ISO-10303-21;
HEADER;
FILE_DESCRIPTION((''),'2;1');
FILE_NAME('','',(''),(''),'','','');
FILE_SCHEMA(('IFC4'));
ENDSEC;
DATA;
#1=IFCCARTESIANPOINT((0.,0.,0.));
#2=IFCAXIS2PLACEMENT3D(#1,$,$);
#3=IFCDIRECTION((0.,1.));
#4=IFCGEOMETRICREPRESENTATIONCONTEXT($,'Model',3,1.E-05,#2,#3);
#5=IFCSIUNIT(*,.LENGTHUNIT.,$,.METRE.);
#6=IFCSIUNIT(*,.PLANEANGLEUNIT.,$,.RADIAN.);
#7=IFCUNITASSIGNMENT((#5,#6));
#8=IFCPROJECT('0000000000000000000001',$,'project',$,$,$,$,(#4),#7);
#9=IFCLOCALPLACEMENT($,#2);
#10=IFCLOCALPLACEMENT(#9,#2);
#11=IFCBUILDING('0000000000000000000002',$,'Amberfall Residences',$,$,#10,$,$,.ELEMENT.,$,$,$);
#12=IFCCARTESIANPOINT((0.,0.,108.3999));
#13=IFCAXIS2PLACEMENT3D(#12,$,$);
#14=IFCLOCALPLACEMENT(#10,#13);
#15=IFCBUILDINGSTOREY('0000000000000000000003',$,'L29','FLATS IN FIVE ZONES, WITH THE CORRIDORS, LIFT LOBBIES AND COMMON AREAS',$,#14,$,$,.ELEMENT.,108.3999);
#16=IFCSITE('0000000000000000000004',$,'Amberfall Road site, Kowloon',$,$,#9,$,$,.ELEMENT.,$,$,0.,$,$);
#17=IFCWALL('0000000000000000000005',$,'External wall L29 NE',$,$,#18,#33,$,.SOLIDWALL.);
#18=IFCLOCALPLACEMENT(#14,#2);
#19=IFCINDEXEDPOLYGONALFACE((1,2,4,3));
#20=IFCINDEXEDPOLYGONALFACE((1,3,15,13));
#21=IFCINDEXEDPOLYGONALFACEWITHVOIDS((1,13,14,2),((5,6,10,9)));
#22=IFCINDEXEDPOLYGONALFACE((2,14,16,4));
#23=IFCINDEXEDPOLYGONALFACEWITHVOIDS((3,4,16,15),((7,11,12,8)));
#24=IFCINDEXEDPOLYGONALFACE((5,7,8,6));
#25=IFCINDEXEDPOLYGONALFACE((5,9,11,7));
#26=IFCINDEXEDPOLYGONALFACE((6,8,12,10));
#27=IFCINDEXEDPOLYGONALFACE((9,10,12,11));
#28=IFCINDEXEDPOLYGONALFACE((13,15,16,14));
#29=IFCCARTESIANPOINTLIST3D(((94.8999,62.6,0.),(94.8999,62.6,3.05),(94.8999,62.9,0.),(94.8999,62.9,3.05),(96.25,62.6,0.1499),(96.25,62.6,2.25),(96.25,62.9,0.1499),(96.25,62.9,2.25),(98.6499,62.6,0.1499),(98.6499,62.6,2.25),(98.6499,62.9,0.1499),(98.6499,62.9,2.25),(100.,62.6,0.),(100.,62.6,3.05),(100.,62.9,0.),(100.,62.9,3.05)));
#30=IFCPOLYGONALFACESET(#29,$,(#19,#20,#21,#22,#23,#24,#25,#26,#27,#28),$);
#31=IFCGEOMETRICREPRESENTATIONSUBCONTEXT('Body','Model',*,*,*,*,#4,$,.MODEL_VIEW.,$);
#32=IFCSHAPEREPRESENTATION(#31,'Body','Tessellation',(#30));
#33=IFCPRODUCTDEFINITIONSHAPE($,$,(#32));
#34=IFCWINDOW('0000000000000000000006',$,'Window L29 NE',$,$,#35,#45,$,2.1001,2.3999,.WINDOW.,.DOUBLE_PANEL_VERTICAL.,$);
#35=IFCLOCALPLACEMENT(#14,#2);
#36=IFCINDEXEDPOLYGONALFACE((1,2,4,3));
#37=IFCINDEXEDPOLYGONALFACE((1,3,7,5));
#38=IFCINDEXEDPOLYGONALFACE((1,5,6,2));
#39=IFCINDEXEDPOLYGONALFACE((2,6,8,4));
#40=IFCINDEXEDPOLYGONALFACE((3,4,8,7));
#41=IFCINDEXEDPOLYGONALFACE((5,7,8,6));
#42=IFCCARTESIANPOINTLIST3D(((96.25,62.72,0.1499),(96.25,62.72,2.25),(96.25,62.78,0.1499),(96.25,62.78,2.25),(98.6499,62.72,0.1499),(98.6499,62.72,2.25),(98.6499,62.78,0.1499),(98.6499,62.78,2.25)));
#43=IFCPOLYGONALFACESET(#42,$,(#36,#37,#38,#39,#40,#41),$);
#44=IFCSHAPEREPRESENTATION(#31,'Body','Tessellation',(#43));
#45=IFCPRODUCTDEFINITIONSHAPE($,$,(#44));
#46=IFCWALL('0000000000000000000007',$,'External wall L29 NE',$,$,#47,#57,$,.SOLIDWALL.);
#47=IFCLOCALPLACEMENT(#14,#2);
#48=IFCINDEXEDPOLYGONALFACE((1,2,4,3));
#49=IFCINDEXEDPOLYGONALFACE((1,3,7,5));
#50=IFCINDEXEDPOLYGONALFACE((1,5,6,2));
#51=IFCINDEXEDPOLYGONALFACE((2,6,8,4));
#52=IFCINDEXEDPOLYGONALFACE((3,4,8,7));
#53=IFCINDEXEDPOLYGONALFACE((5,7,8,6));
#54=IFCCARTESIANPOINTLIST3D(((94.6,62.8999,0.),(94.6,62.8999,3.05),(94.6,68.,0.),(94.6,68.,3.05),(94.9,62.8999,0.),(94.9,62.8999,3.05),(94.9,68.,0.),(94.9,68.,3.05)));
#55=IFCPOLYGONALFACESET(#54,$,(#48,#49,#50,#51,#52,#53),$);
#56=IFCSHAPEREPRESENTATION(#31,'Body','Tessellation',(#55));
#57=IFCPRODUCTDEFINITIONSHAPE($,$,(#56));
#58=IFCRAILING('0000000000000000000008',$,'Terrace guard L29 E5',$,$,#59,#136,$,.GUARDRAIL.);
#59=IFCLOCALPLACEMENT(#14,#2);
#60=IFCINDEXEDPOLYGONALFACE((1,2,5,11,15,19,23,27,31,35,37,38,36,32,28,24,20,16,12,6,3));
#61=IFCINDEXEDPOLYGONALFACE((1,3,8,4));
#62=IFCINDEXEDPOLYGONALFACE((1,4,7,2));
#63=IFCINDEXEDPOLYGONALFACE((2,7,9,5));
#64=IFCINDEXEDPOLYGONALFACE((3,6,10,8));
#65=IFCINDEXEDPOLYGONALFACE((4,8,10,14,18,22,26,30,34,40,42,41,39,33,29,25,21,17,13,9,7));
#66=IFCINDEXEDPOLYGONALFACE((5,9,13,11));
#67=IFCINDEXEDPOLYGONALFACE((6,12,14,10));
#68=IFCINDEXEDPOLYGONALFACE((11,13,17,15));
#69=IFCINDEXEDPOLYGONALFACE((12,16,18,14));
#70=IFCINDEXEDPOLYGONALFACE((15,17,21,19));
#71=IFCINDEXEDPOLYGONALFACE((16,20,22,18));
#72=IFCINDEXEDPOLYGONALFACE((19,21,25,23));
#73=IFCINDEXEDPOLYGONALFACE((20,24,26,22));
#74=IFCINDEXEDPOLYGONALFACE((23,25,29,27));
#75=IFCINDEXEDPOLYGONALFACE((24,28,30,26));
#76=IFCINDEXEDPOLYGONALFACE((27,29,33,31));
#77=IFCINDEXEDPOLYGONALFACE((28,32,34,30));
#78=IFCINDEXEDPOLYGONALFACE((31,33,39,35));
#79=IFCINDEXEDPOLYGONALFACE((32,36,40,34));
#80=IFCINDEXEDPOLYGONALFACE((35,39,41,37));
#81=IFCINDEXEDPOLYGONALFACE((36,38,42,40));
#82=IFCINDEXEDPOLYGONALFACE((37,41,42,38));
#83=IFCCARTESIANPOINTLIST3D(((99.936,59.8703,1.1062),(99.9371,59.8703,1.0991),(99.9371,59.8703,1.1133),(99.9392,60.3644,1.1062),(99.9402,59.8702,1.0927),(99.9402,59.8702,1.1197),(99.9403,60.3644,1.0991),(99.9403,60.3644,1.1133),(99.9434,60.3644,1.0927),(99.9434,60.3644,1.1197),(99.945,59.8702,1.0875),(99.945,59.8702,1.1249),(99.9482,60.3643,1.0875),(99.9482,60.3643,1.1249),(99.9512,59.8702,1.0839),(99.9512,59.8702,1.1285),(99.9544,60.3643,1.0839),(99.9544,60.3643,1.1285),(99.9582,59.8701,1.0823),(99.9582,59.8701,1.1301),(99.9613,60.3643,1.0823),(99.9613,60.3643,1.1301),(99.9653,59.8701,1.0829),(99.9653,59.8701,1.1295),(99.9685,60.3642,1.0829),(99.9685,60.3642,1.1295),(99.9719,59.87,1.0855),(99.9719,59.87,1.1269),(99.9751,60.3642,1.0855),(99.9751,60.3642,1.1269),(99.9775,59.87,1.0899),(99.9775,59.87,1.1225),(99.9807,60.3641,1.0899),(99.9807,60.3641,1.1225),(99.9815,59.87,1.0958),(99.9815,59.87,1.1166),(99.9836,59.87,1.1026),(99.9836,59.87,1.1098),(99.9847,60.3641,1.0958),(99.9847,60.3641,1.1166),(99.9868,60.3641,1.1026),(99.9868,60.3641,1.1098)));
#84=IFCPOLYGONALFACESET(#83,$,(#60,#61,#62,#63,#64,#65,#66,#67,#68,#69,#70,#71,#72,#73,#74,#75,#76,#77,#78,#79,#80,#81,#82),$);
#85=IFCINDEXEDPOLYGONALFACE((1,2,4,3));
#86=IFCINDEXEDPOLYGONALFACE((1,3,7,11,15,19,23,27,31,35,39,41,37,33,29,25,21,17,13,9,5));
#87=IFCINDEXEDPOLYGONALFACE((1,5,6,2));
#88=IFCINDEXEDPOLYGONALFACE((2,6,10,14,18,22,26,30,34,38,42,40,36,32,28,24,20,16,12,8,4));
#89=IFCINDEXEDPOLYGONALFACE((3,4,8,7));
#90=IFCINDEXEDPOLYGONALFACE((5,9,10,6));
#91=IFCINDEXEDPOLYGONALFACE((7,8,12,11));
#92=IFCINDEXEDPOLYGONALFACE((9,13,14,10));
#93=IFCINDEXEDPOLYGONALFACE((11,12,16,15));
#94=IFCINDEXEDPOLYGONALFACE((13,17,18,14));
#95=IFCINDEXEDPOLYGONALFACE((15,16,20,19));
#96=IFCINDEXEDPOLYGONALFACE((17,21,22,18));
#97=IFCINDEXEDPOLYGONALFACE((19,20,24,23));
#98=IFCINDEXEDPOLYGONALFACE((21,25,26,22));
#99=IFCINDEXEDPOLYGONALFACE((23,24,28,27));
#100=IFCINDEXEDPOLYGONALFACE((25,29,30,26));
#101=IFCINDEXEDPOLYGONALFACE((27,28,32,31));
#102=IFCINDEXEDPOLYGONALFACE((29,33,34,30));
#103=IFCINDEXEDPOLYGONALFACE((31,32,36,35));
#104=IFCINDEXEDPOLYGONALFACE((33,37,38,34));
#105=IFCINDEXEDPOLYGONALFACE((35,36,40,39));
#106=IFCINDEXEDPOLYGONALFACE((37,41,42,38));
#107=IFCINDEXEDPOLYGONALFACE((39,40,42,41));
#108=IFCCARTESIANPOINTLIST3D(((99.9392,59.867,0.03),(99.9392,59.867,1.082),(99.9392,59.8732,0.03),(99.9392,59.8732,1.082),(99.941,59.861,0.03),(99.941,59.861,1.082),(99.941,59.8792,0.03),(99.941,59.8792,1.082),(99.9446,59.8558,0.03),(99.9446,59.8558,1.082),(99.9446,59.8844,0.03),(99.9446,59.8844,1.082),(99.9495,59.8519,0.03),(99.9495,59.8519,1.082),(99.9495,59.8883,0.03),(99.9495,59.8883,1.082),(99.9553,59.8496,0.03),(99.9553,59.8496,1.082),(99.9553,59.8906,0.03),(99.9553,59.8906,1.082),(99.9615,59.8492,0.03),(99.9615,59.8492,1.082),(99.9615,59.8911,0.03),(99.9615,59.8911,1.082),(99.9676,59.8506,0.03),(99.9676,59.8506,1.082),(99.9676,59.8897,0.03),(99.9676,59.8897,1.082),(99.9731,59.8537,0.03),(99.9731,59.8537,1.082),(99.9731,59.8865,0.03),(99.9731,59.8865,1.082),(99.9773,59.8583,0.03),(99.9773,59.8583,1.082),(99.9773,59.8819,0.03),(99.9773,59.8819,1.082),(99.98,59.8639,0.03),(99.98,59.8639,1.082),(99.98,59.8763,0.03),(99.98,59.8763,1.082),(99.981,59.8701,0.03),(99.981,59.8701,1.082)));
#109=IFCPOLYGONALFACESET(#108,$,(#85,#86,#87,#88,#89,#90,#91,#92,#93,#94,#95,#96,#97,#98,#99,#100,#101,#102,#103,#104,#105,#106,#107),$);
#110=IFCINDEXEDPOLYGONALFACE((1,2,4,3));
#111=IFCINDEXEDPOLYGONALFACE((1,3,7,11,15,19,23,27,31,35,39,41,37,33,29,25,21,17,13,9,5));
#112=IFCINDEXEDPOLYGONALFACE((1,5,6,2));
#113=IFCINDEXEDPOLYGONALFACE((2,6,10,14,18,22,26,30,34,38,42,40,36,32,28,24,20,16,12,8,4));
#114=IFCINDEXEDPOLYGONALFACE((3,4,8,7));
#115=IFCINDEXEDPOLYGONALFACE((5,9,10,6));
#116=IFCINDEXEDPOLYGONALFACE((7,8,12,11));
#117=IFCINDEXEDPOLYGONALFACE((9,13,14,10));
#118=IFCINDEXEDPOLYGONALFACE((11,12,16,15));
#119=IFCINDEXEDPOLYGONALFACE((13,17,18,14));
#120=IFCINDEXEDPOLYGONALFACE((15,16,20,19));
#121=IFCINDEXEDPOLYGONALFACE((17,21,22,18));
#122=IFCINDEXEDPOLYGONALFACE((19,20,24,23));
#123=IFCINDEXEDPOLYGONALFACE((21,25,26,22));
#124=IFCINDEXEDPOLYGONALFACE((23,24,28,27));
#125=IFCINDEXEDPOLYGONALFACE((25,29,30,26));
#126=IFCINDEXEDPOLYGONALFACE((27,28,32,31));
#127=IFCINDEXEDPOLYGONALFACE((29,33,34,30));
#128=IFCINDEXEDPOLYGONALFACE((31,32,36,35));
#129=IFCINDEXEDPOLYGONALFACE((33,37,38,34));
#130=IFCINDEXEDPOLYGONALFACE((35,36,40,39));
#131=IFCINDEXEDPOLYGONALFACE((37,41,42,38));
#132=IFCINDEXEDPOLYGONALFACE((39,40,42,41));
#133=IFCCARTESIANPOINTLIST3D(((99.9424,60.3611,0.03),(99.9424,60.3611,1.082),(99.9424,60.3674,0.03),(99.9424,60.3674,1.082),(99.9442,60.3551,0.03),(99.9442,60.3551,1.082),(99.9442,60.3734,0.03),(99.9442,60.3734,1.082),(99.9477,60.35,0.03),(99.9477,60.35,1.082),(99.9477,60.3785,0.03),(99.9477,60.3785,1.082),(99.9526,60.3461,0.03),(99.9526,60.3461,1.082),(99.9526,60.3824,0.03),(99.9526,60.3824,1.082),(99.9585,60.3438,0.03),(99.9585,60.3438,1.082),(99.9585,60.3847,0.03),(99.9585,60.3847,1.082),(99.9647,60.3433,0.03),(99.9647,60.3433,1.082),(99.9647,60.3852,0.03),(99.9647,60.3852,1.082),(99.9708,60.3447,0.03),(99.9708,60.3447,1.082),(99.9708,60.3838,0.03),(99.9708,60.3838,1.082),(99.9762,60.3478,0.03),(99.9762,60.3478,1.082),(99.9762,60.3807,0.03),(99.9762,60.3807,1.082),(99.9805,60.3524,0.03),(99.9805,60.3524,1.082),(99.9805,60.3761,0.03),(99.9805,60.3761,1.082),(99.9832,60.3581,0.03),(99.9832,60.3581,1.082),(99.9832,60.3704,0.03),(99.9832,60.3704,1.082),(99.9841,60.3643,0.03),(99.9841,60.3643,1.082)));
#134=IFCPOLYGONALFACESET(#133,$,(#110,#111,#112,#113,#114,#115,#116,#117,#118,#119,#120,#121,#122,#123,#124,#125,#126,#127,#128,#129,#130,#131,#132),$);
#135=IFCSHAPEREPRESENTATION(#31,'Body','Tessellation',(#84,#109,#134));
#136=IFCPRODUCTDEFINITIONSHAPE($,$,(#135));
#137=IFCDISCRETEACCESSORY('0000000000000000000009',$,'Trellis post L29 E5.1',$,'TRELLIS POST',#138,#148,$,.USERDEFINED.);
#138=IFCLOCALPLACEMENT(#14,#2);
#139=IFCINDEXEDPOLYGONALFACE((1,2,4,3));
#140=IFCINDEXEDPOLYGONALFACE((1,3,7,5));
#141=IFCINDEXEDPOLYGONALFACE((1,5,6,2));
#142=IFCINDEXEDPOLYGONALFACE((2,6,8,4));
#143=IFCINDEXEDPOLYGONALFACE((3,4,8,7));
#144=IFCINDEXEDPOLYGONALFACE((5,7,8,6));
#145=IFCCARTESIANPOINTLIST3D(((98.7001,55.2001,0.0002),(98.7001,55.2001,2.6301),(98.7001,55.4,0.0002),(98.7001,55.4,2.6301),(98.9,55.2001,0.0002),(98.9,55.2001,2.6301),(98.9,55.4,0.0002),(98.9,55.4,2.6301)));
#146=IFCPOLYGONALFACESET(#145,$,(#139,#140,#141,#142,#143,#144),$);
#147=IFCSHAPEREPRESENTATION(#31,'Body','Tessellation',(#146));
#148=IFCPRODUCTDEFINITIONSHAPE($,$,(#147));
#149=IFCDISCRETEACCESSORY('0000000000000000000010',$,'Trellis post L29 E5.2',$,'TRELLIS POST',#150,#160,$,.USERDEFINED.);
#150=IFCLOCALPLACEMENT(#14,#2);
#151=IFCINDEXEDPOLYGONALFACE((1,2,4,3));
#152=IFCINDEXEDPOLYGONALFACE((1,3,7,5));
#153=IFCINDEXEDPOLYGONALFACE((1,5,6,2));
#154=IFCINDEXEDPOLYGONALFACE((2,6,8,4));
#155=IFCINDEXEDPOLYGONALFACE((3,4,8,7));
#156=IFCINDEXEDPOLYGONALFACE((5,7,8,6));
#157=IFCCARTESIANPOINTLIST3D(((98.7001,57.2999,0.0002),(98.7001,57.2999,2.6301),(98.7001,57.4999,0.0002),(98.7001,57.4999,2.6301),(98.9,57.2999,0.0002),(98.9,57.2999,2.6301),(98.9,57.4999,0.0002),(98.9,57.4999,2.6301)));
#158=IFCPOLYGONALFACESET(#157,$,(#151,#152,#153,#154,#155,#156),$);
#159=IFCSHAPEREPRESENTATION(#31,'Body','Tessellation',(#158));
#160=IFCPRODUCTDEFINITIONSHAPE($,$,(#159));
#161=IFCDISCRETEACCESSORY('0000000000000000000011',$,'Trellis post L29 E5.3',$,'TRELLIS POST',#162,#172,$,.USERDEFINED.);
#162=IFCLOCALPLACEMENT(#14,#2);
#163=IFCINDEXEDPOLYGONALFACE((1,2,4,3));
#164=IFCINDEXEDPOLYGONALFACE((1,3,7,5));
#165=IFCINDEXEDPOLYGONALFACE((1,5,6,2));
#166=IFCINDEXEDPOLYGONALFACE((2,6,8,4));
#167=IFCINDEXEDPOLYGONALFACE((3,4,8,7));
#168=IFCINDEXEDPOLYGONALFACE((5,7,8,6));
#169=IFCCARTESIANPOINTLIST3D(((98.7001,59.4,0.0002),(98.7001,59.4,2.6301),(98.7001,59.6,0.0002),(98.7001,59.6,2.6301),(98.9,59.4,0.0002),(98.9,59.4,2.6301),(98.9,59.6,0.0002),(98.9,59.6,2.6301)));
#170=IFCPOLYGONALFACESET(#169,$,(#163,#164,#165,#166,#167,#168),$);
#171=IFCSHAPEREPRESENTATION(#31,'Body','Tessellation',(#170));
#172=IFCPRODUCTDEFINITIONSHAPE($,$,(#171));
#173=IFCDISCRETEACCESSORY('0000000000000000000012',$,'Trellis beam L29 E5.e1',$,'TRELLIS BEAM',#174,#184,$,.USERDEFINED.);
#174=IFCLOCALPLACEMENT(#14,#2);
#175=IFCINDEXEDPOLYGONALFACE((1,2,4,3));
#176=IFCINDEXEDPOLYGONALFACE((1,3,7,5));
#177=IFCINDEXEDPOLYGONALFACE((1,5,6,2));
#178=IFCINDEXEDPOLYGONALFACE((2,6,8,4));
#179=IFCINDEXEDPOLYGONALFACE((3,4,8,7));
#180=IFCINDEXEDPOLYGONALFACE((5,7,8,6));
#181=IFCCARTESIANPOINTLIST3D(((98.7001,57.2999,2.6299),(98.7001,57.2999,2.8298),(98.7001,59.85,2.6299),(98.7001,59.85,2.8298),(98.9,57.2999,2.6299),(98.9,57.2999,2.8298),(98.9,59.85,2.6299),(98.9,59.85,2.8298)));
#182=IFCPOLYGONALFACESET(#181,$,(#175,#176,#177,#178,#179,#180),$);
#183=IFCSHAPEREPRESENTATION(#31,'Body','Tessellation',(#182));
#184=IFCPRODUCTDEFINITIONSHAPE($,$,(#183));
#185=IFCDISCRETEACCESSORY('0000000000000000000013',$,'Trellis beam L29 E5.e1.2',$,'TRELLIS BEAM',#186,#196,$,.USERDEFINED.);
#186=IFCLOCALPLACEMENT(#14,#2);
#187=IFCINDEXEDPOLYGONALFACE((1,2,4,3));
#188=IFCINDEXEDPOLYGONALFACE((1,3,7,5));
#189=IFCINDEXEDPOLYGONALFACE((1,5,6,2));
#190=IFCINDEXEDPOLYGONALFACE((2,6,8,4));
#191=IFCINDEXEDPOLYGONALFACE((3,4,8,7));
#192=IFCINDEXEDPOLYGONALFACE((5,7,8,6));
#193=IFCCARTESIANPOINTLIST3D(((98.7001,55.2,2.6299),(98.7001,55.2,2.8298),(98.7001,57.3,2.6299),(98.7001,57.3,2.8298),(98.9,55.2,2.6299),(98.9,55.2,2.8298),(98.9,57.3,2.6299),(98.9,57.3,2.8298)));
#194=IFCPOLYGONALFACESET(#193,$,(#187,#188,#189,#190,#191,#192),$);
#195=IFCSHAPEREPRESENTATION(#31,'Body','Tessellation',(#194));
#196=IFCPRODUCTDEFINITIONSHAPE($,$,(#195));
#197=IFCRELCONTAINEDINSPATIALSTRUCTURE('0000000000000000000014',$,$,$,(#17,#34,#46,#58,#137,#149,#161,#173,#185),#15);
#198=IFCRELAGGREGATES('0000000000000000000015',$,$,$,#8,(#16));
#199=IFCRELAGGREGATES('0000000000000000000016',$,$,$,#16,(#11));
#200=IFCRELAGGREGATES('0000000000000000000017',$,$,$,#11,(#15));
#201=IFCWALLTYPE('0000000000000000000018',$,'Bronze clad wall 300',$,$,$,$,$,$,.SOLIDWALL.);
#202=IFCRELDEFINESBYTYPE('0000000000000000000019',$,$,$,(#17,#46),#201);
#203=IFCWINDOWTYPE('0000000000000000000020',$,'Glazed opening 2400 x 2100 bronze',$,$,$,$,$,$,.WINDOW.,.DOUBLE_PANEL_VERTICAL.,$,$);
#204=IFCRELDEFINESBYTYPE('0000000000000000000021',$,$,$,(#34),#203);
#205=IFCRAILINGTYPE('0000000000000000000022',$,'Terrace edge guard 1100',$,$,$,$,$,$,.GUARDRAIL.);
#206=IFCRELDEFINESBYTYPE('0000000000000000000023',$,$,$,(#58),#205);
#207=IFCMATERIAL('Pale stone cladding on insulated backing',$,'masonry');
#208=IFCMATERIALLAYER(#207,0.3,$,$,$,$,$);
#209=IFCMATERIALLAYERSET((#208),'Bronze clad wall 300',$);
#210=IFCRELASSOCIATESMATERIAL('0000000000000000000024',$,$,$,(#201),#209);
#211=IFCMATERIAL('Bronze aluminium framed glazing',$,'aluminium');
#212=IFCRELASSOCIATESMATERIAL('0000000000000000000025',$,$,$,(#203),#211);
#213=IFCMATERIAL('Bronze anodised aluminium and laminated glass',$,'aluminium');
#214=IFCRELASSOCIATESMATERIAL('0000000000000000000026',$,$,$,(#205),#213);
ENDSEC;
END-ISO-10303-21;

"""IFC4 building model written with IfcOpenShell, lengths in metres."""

from ifc_helpers import new_model, si_unit, direction, frame, frame_2d, origin, origin_2d, place, context, subcontext, project, spatial, rectangle, circle, extrude, material, layer, layer_set, type_object, element, fill, save


model = new_model("IFC4")

# Units and contexts
model_context = context("Model", 3, precision=1e-05, world=origin(), true_north=direction((0.0, 1.0)))
body_context = subcontext(model_context, "Body", "Model", "MODEL_VIEW")
ifc_project = project(units=[si_unit("LENGTHUNIT", "METRE"), si_unit("PLANEANGLEUNIT", "RADIAN")], contexts=[model_context])

# Site, building, storey
site_placement = place(None, origin())
site = spatial("IfcSite", under=ifc_project, at=site_placement, Name="Amberfall Road site, Kowloon", CompositionType="ELEMENT", RefElevation=0.0)
building_placement = place(site_placement, origin())
building = spatial("IfcBuilding", under=site, at=building_placement, Name="Amberfall Residences", CompositionType="ELEMENT")
storey_placement = place(building_placement, frame((0.0, 0.0, 108.3999)))
storey = spatial("IfcBuildingStorey", under=building, at=storey_placement, Name="L29", Description="FLATS IN FIVE ZONES, WITH THE CORRIDORS, LIFT LOBBIES AND COMMON AREAS", CompositionType="ELEMENT", Elevation=108.3999)

# Shared definitions
ifc_material_1 = material(Name="Pale stone cladding on insulated backing", Category="masonry")
ifc_layer_1 = layer(ifc_material_1, 0.3)
ifc_layer_set_1 = layer_set([ifc_layer_1], Name="Bronze clad wall 300")
wall_type_1 = type_object("IfcWallType", Name="Bronze clad wall 300", PredefinedType="SOLIDWALL", material=ifc_layer_set_1)
ifc_material_2 = material(Name="Bronze aluminium framed glazing", Category="aluminium")
window_type = type_object("IfcWindowType", Name="Glazed opening 2400 x 2100 bronze", PartitioningType="DOUBLE_PANEL_VERTICAL", PredefinedType="WINDOW", material=ifc_material_2)

# Wall, opening, window
wall_1_placement = place(storey_placement, frame((100.0, 62.75, 0.0), z_axis=(0.0, 0.0, 1.0), x_axis=(-1.0, 0.0, 0.0)))
wall_1 = element("IfcWall", 1, at=wall_1_placement, inside=storey, type_object=wall_type_1, Name="External wall L29 NE", PredefinedType="SOLIDWALL", context=body_context, shape_type="SweptSolid", body=[
    extrude(rectangle(XDim=5.1001, YDim=0.3, at=frame_2d((2.55, 0.0))), origin(), (0.0, 0.0, 1.0), 3.05),
])
opening_1_placement = place(wall_1_placement, frame((1.3501, 0.0, 0.1499)))
opening_1 = element("IfcOpeningElement", 2, at=opening_1_placement, cuts=wall_1, PredefinedType="OPENING", context=body_context, shape_type="SweptSolid", body=[
    extrude(rectangle(XDim=2.3999, YDim=2.1001, at=frame_2d((1.2, 1.05))), frame((0.0, 0.1599, 0.0), z_axis=(0.0, -1.0, 0.0), x_axis=(1.0, 0.0, 0.0)), (0.0, 0.0, 1.0), 0.3201),
])
window_1_placement = place(opening_1_placement, origin())
window_1 = element("IfcWindow", 3, at=window_1_placement, inside=storey, type_object=window_type, Name="Window L29 NE", OverallHeight=2.1001, OverallWidth=2.3999, PartitioningType="DOUBLE_PANEL_VERTICAL", PredefinedType="WINDOW", context=body_context, shape_type="SweptSolid", body=[
    extrude(rectangle(XDim=2.3999, YDim=2.1001, at=frame_2d((1.2, 1.05))), frame((0.0, 0.03, 0.0), z_axis=(0.0, -1.0, 0.0), x_axis=(1.0, 0.0, 0.0)), (0.0, 0.0, 1.0), 0.0601),
])
fill(opening_1, window_1)

# Wall
wall_2_placement = place(storey_placement, frame((94.75, 62.8999, 0.0), z_axis=(0.0, 0.0, 1.0), x_axis=(0.0, 1.0, 0.0)))
element("IfcWall", 4, at=wall_2_placement, inside=storey, type_object=wall_type_1, Name="External wall L29 NE", PredefinedType="SOLIDWALL", context=body_context, shape_type="SweptSolid", body=[
    extrude(rectangle(XDim=5.1001, YDim=0.3, at=frame_2d((2.55, 0.0))), origin(), (0.0, 0.0, 1.0), 3.05),
])

# Railing
ifc_material_3 = material(Name="Bronze anodised aluminium and laminated glass", Category="aluminium")
railing_type = type_object("IfcRailingType", Name="Terrace edge guard 1100", PredefinedType="GUARDRAIL", material=ifc_material_3)
railing_placement = place(storey_placement, frame((99.96, 59.8701, 0.03)))
element("IfcRailing", 5, at=railing_placement, inside=storey, type_object=railing_type, Name="Terrace guard L29 E5", PredefinedType="GUARDRAIL", context=body_context, shape_type="SweptSolid", body=[
    extrude(circle(Radius=0.0239, at=origin_2d()), frame((0.0, 0.0, 1.0762), z_axis=(0.006423, 0.999979, 0.0), x_axis=(-0.999979, 0.006423, 0.0)), (0.0, 0.0, 1.0), 0.4941),
    extrude(circle(Radius=0.021, at=origin_2d()), origin(), (0.0, 0.0, 1.0), 1.052),
    extrude(circle(Radius=0.021, at=origin_2d()), frame((0.0032, 0.4941, 0.0)), (0.0, 0.0, 1.0), 1.052),
])

# Discrete accessories
for number, where, z_axis, x_axis, name in (
    (6, (98.8, 55.3, 0.0002), (0.0, 0.0, 1.0), (1.0, 0.0, 0.0), "Trellis post L29 E5.1"),
    (7, (98.8, 57.3999, 0.0002), (0.0, 0.0, 1.0), (1.0, 0.0, 0.0), "Trellis post L29 E5.2"),
    (8, (98.8, 59.5, 0.0002), (0.0, 0.0, 1.0), (1.0, 0.0, 0.0), "Trellis post L29 E5.3"),
):
    element("IfcDiscreteAccessory", number, at=place(storey_placement, frame(where, z_axis=z_axis, x_axis=x_axis)), inside=storey, Name=name, ObjectType="TRELLIS POST", PredefinedType="USERDEFINED", context=body_context, shape_type="SweptSolid", body=[
        extrude(rectangle(XDim=0.2, YDim=0.2, at=origin_2d()), origin(), (0.0, 0.0, 1.0), 2.6299),
    ])
discrete_accessory_1_placement = place(storey_placement, frame((98.8, 58.575, 2.6299), z_axis=(0.0, 0.0, 1.0), x_axis=(0.0, 1.0, 0.0)))
element("IfcDiscreteAccessory", 9, at=discrete_accessory_1_placement, inside=storey, Name="Trellis beam L29 E5.e1", ObjectType="TRELLIS BEAM", PredefinedType="USERDEFINED", context=body_context, shape_type="SweptSolid", body=[
    extrude(rectangle(XDim=2.55, YDim=0.2, at=origin_2d()), origin(), (0.0, 0.0, 1.0), 0.2),
])
discrete_accessory_2_placement = place(storey_placement, frame((98.8, 56.25, 2.6299), z_axis=(0.0, 0.0, 1.0), x_axis=(0.0, 1.0, 0.0)))
element("IfcDiscreteAccessory", 10, at=discrete_accessory_2_placement, inside=storey, Name="Trellis beam L29 E5.e1.2", ObjectType="TRELLIS BEAM", PredefinedType="USERDEFINED", context=body_context, shape_type="SweptSolid", body=[
    extrude(rectangle(XDim=2.1001, YDim=0.2, at=origin_2d()), origin(), (0.0, 0.0, 1.0), 0.2),
])

save(model, "model.ifc")
